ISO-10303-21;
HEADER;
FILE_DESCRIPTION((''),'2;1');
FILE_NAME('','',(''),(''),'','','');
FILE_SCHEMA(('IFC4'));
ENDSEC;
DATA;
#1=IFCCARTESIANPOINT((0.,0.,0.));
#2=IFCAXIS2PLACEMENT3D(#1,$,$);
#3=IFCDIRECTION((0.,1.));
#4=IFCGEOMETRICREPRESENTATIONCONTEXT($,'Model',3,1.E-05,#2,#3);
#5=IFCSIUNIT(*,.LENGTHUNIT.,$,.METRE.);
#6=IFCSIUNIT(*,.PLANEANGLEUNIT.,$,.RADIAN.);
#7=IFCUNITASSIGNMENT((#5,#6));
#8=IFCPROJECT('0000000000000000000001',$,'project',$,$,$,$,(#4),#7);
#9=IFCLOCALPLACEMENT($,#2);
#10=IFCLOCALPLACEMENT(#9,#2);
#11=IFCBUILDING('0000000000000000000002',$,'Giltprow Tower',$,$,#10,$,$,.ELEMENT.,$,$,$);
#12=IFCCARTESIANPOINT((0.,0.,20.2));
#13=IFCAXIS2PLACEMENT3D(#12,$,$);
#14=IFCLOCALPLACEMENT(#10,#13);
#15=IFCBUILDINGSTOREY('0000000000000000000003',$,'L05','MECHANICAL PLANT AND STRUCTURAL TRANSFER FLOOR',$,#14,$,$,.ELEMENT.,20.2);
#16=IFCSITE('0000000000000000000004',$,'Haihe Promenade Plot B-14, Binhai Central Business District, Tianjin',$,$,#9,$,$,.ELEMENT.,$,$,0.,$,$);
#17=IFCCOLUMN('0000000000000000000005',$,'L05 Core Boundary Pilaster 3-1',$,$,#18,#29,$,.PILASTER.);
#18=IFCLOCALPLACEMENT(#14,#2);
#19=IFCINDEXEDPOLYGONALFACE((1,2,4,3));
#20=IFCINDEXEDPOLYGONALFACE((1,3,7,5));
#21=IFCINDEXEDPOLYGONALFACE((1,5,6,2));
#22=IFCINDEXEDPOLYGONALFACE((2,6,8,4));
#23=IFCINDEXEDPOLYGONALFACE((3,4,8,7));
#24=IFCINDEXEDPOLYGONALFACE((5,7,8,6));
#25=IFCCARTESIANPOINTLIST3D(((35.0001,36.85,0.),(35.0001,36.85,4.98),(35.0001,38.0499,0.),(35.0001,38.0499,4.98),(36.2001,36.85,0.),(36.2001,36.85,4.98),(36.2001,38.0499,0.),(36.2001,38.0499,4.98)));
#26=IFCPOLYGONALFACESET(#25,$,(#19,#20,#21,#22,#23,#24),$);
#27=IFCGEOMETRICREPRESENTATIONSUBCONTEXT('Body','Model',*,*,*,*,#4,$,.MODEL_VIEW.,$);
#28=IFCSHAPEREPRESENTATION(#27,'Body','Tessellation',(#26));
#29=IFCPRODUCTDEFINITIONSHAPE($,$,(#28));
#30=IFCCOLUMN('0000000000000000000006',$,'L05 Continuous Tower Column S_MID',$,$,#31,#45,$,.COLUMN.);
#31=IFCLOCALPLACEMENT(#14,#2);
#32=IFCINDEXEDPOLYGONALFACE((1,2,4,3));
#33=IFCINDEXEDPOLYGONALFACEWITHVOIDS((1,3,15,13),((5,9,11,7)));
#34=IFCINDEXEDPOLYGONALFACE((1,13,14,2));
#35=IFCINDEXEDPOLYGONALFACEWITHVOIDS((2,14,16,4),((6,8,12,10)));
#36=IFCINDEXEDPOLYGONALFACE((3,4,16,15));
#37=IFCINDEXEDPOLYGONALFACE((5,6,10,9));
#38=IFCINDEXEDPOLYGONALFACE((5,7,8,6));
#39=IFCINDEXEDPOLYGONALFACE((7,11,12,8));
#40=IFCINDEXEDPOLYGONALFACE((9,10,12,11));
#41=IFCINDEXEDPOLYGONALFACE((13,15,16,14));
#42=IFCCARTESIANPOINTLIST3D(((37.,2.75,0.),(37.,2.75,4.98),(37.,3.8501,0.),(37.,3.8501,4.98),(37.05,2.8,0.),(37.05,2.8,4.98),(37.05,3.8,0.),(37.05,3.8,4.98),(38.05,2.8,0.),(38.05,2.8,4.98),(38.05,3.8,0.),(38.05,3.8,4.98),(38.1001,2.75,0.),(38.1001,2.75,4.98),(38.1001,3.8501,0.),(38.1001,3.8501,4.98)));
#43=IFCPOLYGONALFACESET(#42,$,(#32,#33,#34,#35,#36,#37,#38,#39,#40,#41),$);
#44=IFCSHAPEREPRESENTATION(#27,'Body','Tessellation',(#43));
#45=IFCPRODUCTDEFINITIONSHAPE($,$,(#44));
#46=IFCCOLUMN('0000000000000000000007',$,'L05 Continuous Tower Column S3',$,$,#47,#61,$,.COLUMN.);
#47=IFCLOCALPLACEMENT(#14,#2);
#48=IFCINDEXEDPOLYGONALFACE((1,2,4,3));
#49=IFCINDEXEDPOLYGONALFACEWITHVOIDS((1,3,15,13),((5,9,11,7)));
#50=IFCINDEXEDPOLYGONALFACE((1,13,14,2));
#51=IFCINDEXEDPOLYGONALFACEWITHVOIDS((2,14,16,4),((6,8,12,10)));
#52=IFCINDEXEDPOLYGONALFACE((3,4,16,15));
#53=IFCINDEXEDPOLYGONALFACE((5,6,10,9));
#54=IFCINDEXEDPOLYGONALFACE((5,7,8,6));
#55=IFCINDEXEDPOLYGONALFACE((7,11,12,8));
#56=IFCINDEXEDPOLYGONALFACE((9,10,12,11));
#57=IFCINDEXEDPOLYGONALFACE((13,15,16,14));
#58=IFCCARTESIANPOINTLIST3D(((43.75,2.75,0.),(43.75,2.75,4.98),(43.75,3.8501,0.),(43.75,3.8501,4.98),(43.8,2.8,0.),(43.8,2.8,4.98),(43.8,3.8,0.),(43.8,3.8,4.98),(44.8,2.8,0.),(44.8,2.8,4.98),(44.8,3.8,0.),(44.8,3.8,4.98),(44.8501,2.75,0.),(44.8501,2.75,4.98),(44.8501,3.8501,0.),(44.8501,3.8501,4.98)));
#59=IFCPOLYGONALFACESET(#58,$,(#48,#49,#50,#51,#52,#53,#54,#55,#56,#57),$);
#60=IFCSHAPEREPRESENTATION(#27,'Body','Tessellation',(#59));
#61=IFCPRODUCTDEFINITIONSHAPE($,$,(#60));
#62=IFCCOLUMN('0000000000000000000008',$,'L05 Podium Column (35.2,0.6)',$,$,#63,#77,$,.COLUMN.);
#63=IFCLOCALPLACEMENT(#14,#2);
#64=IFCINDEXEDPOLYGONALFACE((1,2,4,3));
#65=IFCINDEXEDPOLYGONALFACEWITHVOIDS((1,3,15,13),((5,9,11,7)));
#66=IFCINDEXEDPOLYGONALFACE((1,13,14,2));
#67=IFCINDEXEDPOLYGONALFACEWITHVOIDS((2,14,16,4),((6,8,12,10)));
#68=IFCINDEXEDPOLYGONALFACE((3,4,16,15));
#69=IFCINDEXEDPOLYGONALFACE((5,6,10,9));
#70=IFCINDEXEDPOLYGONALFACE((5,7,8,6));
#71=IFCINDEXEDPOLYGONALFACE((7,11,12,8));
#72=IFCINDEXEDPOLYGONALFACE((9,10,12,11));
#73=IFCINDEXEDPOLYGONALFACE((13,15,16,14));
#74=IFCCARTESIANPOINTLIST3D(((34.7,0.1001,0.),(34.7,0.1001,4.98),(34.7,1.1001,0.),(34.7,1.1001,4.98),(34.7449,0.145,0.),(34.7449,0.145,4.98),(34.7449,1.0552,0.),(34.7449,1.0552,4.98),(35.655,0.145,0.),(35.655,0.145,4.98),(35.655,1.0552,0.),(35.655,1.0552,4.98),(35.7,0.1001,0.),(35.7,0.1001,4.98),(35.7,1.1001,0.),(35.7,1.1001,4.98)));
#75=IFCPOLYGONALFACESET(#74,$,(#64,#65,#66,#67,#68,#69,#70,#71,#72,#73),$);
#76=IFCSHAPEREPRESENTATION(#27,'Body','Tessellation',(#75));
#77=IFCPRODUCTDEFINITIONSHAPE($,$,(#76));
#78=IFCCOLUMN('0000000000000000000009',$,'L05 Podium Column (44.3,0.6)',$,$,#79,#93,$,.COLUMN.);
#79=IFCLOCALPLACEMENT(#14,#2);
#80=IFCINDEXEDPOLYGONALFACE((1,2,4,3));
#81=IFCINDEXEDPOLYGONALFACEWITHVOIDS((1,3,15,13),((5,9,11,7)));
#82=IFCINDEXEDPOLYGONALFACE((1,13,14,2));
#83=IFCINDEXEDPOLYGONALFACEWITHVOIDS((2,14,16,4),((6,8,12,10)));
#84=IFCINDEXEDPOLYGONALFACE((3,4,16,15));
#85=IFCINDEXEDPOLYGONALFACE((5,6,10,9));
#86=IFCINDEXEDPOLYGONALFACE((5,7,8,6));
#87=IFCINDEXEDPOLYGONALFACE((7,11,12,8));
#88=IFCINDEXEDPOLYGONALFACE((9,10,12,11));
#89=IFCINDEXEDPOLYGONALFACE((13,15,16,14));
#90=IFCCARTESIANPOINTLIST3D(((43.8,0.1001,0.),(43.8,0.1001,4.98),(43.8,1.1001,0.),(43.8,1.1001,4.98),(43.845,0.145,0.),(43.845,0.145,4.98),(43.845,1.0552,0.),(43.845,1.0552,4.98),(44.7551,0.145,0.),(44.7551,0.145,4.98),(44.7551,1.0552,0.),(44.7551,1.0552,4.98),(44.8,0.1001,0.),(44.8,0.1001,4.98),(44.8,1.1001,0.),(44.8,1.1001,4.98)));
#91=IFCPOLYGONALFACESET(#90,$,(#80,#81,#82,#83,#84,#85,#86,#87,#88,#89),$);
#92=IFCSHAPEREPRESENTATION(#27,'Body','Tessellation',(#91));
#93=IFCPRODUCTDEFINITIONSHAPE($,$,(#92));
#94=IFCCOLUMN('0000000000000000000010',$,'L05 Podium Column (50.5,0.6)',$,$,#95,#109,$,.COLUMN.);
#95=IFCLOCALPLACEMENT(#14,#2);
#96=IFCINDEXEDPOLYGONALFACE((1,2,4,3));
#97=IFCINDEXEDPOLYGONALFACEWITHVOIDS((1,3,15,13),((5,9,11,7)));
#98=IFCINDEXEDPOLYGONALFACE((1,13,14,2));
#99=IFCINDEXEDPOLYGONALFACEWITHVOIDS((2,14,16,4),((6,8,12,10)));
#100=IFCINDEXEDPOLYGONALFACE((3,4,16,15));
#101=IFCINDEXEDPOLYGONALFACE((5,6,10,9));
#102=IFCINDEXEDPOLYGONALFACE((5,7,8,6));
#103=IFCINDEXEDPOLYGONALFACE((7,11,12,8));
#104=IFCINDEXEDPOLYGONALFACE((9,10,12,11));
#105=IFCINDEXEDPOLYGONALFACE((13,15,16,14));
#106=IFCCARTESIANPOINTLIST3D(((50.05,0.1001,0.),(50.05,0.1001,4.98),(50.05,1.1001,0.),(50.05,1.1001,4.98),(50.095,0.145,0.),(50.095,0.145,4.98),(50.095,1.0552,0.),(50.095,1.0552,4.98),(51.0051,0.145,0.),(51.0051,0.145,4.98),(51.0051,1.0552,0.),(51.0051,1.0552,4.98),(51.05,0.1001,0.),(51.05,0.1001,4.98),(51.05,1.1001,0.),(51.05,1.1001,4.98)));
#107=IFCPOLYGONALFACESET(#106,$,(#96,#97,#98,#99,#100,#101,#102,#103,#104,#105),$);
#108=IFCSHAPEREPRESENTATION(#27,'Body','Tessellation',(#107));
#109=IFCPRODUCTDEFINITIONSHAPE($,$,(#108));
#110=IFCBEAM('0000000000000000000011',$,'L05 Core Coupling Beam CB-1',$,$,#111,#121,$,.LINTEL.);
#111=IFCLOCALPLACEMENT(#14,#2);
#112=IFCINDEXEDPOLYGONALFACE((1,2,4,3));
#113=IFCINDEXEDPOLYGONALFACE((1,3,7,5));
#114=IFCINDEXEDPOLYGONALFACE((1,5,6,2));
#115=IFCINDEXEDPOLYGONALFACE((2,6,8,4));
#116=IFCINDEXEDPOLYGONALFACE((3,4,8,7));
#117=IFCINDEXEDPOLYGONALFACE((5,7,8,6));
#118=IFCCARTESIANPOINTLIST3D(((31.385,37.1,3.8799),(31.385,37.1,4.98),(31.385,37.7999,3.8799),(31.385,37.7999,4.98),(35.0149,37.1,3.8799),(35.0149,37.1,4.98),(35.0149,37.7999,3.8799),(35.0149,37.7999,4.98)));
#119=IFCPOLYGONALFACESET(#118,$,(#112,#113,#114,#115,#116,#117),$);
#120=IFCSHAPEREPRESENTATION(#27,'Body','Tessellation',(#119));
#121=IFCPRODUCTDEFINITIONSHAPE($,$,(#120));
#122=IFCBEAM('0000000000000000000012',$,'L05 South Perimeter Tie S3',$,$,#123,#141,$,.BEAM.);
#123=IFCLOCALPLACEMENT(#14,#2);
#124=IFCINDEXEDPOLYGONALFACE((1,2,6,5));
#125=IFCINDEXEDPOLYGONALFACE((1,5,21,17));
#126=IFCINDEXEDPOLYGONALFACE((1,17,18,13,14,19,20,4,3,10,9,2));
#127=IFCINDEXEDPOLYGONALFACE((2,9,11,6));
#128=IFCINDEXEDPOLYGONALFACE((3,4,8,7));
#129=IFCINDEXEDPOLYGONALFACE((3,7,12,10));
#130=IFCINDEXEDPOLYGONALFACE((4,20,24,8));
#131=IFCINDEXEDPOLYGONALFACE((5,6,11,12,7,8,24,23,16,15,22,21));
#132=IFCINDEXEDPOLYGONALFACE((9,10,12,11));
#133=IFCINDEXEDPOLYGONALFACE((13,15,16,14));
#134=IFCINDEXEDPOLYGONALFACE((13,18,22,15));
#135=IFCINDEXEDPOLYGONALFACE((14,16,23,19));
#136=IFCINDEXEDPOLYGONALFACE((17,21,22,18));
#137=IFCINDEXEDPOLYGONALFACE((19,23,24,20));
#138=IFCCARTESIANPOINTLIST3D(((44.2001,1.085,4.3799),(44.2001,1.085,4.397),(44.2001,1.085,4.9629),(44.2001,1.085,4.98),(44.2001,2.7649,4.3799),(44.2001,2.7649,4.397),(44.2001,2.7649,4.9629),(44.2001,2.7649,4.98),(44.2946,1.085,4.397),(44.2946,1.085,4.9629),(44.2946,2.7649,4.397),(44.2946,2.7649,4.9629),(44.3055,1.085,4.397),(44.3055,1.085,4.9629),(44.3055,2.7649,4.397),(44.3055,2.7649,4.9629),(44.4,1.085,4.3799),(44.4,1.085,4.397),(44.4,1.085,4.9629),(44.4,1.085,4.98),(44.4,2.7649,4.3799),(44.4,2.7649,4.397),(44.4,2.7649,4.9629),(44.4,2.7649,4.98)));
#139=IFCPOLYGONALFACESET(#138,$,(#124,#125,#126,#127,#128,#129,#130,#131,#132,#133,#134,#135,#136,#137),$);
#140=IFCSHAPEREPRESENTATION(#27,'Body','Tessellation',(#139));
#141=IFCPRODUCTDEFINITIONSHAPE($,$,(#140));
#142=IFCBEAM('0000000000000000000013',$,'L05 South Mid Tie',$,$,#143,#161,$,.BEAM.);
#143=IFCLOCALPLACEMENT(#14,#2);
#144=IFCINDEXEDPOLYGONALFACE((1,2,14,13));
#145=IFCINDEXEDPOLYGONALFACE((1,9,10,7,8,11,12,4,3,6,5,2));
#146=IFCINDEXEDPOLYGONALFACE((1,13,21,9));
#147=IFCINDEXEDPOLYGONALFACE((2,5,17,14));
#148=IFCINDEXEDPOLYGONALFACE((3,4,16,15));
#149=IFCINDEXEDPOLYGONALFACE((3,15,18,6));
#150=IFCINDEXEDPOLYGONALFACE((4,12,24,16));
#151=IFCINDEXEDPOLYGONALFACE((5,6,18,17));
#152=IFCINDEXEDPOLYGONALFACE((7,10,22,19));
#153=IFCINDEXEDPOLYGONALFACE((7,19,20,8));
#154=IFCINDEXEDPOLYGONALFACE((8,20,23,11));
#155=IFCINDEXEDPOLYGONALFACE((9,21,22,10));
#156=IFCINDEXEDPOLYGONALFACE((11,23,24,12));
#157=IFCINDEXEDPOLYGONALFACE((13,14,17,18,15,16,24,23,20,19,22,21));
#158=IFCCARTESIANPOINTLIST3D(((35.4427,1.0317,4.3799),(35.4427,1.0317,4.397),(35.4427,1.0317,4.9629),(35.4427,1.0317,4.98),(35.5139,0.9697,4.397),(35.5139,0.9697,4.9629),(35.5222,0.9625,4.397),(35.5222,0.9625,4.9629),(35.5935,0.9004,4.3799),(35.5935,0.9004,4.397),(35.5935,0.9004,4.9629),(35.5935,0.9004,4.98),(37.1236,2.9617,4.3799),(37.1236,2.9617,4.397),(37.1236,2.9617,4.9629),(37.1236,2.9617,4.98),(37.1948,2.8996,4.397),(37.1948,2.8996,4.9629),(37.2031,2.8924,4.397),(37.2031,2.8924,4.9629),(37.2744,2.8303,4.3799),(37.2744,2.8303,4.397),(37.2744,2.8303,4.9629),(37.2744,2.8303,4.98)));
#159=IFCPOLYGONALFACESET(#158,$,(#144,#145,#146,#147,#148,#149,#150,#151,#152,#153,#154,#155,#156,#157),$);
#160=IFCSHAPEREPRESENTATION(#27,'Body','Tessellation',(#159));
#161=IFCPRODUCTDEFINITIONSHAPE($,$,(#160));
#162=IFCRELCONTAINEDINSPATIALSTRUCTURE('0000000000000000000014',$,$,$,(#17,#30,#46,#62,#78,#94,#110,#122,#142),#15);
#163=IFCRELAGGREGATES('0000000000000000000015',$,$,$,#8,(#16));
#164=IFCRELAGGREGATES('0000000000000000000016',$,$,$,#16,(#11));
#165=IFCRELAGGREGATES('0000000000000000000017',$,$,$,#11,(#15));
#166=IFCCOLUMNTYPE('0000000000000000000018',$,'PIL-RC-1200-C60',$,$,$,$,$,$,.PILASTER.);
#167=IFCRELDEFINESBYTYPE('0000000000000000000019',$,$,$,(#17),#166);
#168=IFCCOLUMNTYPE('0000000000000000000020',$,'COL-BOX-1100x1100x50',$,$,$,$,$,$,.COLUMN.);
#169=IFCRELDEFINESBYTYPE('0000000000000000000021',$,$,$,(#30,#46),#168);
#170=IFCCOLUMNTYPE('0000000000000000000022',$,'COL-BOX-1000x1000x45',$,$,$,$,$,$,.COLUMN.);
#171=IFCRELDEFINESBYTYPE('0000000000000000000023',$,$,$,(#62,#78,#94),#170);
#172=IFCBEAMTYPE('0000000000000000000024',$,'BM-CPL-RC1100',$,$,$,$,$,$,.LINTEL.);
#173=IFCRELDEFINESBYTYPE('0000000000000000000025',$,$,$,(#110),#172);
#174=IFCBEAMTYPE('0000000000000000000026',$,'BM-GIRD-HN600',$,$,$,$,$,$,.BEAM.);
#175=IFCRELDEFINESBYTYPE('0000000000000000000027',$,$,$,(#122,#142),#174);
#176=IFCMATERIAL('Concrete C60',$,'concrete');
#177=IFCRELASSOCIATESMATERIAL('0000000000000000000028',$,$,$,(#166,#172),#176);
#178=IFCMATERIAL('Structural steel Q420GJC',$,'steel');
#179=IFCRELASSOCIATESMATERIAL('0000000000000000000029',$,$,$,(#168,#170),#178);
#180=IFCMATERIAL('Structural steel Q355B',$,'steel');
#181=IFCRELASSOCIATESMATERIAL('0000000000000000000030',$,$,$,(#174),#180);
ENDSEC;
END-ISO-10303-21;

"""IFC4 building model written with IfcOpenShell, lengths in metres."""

from ifc_helpers import new_model, si_unit, direction, frame, origin, origin_2d, place, context, subcontext, project, spatial, rectangle, hollow_rectangle, i_section, extrude, source, transform, mapped, material, material_profile, profile_set, type_object, element, save


model = new_model("IFC4")

# Units and contexts
model_context = context("Model", 3, precision=1e-05, world=origin(), true_north=direction((0.0, 1.0)))
body_context = subcontext(model_context, "Body", "Model", "MODEL_VIEW")
ifc_project = project(units=[si_unit("LENGTHUNIT", "METRE"), si_unit("PLANEANGLEUNIT", "RADIAN")], contexts=[model_context])

# Site, building, storey
site_placement = place(None, origin())
site = spatial("IfcSite", under=ifc_project, at=site_placement, Name="Haihe Promenade Plot B-14, Binhai Central Business District, Tianjin", CompositionType="ELEMENT", RefElevation=0.0)
building_placement = place(site_placement, origin())
building = spatial("IfcBuilding", under=site, at=building_placement, Name="Giltprow Tower", CompositionType="ELEMENT")
storey_placement = place(building_placement, frame((0.0, 0.0, 20.2)))
storey = spatial("IfcBuildingStorey", under=building, at=storey_placement, Name="L05", Description="MECHANICAL PLANT AND STRUCTURAL TRANSFER FLOOR", CompositionType="ELEMENT", Elevation=20.2)

# Columns
ifc_material_1 = material(Name="Concrete C60", Category="concrete")
ifc_material_profile_1 = material_profile(ifc_material_1, rectangle(XDim=1.2, YDim=1.2, at=origin_2d()), Name="RC 1200x1200")
ifc_profile_set_1 = profile_set([ifc_material_profile_1], Name="Concrete C60")
column_type_1 = type_object("IfcColumnType", Name="PIL-RC-1200-C60", PredefinedType="PILASTER", material=ifc_profile_set_1)
shared_shape_1 = source(origin(), body_context, "Body", "SweptSolid", [
    extrude(rectangle(XDim=1.2, YDim=1.2, at=origin_2d()), origin(), (0.0, 0.0, 1.0), 4.98),
])
column_placement = place(storey_placement, frame((35.6001, 37.45, 0.0), z_axis=(0.0, 0.0, 1.0), x_axis=(1.0, 0.0, 0.0)))
element("IfcColumn", 1, at=column_placement, inside=storey, type_object=column_type_1, Name="L05 Core Boundary Pilaster 3-1", PredefinedType="PILASTER", context=body_context, shape_type="MappedRepresentation", body=[
    mapped(shared_shape_1, transform((0.0, 0.0, 0.0), x_axis=(1.0, 0.0, 0.0), y_axis=(0.0, 1.0, 0.0), z_axis=(0.0, 0.0, 1.0), scale=1.0)),
])
ifc_material_2 = material(Name="Structural steel Q420GJC", Category="steel")
ifc_material_profile_2 = material_profile(ifc_material_2, hollow_rectangle(XDim=1.1001, YDim=1.1001, WallThickness=0.05, at=origin_2d()), Name="BOX 1100x1100x50")
ifc_profile_set_2 = profile_set([ifc_material_profile_2], Name="Structural steel Q420GJC")
column_type_2 = type_object("IfcColumnType", Name="COL-BOX-1100x1100x50", PredefinedType="COLUMN", material=ifc_profile_set_2)
shared_shape_2 = source(origin(), body_context, "Body", "SweptSolid", [
    extrude(hollow_rectangle(XDim=1.1001, YDim=1.1001, WallThickness=0.05, at=origin_2d()), origin(), (0.0, 0.0, 1.0), 4.98),
])
for number, where, z_axis, x_axis, name in (
    (2, (37.55, 3.3, 0.0), (0.0, 0.0, 1.0), (1.0, 0.0, 0.0), "L05 Continuous Tower Column S_MID"),
    (3, (44.3, 3.3, 0.0), (0.0, 0.0, 1.0), (1.0, 0.0, 0.0), "L05 Continuous Tower Column S3"),
):
    element("IfcColumn", number, at=place(storey_placement, frame(where, z_axis=z_axis, x_axis=x_axis)), inside=storey, type_object=column_type_2, Name=name, PredefinedType="COLUMN", context=body_context, shape_type="MappedRepresentation", body=[
        mapped(shared_shape_2, transform((0.0, 0.0, 0.0), x_axis=(1.0, 0.0, 0.0), y_axis=(0.0, 1.0, 0.0), z_axis=(0.0, 0.0, 1.0), scale=1.0)),
    ])
ifc_material_profile_3 = material_profile(ifc_material_2, hollow_rectangle(XDim=1.0, YDim=1.0, WallThickness=0.0449, at=origin_2d()), Name="BOX 1000x1000x45")
ifc_profile_set_3 = profile_set([ifc_material_profile_3], Name="Structural steel Q420GJC")
column_type_3 = type_object("IfcColumnType", Name="COL-BOX-1000x1000x45", PredefinedType="COLUMN", material=ifc_profile_set_3)
shared_shape_3 = source(origin(), body_context, "Body", "SweptSolid", [
    extrude(hollow_rectangle(XDim=1.0, YDim=1.0, WallThickness=0.0449, at=origin_2d()), origin(), (0.0, 0.0, 1.0), 4.98),
])
for number, where, z_axis, x_axis, name in (
    (4, (35.2, 0.6001, 0.0), (0.0, 0.0, 1.0), (1.0, 0.0, 0.0), "L05 Podium Column (35.2,0.6)"),
    (5, (44.3, 0.6001, 0.0), (0.0, 0.0, 1.0), (1.0, 0.0, 0.0), "L05 Podium Column (44.3,0.6)"),
    (6, (50.55, 0.6001, 0.0), (0.0, 0.0, 1.0), (1.0, 0.0, 0.0), "L05 Podium Column (50.5,0.6)"),
):
    element("IfcColumn", number, at=place(storey_placement, frame(where, z_axis=z_axis, x_axis=x_axis)), inside=storey, type_object=column_type_3, Name=name, PredefinedType="COLUMN", context=body_context, shape_type="MappedRepresentation", body=[
        mapped(shared_shape_3, transform((0.0, 0.0, 0.0), x_axis=(1.0, 0.0, 0.0), y_axis=(0.0, 1.0, 0.0), z_axis=(0.0, 0.0, 1.0), scale=1.0)),
    ])

# Beams
ifc_material_profile_4 = material_profile(ifc_material_1, rectangle(XDim=0.7, YDim=1.1001, at=origin_2d()), Name="RC 1100x700")
ifc_profile_set_4 = profile_set([ifc_material_profile_4], Name="Concrete C60")
beam_type_1 = type_object("IfcBeamType", Name="BM-CPL-RC1100", PredefinedType="LINTEL", material=ifc_profile_set_4)
shared_shape_4 = source(origin(), body_context, "Body", "SweptSolid", [
    extrude(rectangle(XDim=0.7, YDim=1.1001, at=origin_2d()), origin(), (0.0, 0.0, 1.0), 3.6299),
])
beam_1_placement = place(storey_placement, frame((31.385, 37.45, 4.4299), z_axis=(1.0, 0.0, 0.0), x_axis=(0.0, 1.0, 0.0)))
element("IfcBeam", 7, at=beam_1_placement, inside=storey, type_object=beam_type_1, Name="L05 Core Coupling Beam CB-1", PredefinedType="LINTEL", context=body_context, shape_type="MappedRepresentation", body=[
    mapped(shared_shape_4, transform((0.0, 0.0, 0.0), x_axis=(1.0, 0.0, 0.0), y_axis=(0.0, 1.0, 0.0), z_axis=(0.0, 0.0, 1.0), scale=1.0)),
])
ifc_material_3 = material(Name="Structural steel Q355B", Category="steel")
ifc_material_profile_5 = material_profile(ifc_material_3, i_section(OverallWidth=0.2, OverallDepth=0.6001, WebThickness=0.011, FlangeThickness=0.0171, at=origin_2d()), Name="HN 600x200x11x17")
ifc_profile_set_5 = profile_set([ifc_material_profile_5], Name="Structural steel Q355B")
beam_type_2 = type_object("IfcBeamType", Name="BM-GIRD-HN600", PredefinedType="BEAM", material=ifc_profile_set_5)
shared_shape_5 = source(origin(), body_context, "Body", "SweptSolid", [
    extrude(i_section(OverallWidth=0.2, OverallDepth=0.6001, WebThickness=0.011, FlangeThickness=0.0171, at=origin_2d()), origin(), (0.0, 0.0, 1.0), 1.6799),
])
beam_2_placement = place(storey_placement, frame((44.3, 1.085, 4.6799), z_axis=(0.0, 1.0, 0.0), x_axis=(-1.0, 0.0, 0.0)))
element("IfcBeam", 8, at=beam_2_placement, inside=storey, type_object=beam_type_2, Name="L05 South Perimeter Tie S3", PredefinedType="BEAM", context=body_context, shape_type="MappedRepresentation", body=[
    mapped(shared_shape_5, transform((0.0, 0.0, 0.0), x_axis=(1.0, 0.0, 0.0), y_axis=(0.0, 1.0, 0.0), z_axis=(0.0, 0.0, 1.0), scale=1.0)),
])
shared_shape_6 = source(origin(), body_context, "Body", "SweptSolid", [
    extrude(i_section(OverallWidth=0.2, OverallDepth=0.6001, WebThickness=0.011, FlangeThickness=0.0171, at=origin_2d()), origin(), (0.0, 0.0, 1.0), 2.5593),
])
beam_3_placement = place(storey_placement, frame((35.5181, 0.9661, 4.6799), z_axis=(0.656781, 0.754082, 0.0), x_axis=(-0.754082, 0.656781, 0.0)))
element("IfcBeam", 9, at=beam_3_placement, inside=storey, type_object=beam_type_2, Name="L05 South Mid Tie", PredefinedType="BEAM", context=body_context, shape_type="MappedRepresentation", body=[
    mapped(shared_shape_6, transform((0.0, 0.0, 0.0), x_axis=(1.0, 0.0, 0.0), y_axis=(0.0, 1.0, 0.0), z_axis=(0.0, 0.0, 1.0), scale=1.0)),
])

save(model, "model.ifc")
